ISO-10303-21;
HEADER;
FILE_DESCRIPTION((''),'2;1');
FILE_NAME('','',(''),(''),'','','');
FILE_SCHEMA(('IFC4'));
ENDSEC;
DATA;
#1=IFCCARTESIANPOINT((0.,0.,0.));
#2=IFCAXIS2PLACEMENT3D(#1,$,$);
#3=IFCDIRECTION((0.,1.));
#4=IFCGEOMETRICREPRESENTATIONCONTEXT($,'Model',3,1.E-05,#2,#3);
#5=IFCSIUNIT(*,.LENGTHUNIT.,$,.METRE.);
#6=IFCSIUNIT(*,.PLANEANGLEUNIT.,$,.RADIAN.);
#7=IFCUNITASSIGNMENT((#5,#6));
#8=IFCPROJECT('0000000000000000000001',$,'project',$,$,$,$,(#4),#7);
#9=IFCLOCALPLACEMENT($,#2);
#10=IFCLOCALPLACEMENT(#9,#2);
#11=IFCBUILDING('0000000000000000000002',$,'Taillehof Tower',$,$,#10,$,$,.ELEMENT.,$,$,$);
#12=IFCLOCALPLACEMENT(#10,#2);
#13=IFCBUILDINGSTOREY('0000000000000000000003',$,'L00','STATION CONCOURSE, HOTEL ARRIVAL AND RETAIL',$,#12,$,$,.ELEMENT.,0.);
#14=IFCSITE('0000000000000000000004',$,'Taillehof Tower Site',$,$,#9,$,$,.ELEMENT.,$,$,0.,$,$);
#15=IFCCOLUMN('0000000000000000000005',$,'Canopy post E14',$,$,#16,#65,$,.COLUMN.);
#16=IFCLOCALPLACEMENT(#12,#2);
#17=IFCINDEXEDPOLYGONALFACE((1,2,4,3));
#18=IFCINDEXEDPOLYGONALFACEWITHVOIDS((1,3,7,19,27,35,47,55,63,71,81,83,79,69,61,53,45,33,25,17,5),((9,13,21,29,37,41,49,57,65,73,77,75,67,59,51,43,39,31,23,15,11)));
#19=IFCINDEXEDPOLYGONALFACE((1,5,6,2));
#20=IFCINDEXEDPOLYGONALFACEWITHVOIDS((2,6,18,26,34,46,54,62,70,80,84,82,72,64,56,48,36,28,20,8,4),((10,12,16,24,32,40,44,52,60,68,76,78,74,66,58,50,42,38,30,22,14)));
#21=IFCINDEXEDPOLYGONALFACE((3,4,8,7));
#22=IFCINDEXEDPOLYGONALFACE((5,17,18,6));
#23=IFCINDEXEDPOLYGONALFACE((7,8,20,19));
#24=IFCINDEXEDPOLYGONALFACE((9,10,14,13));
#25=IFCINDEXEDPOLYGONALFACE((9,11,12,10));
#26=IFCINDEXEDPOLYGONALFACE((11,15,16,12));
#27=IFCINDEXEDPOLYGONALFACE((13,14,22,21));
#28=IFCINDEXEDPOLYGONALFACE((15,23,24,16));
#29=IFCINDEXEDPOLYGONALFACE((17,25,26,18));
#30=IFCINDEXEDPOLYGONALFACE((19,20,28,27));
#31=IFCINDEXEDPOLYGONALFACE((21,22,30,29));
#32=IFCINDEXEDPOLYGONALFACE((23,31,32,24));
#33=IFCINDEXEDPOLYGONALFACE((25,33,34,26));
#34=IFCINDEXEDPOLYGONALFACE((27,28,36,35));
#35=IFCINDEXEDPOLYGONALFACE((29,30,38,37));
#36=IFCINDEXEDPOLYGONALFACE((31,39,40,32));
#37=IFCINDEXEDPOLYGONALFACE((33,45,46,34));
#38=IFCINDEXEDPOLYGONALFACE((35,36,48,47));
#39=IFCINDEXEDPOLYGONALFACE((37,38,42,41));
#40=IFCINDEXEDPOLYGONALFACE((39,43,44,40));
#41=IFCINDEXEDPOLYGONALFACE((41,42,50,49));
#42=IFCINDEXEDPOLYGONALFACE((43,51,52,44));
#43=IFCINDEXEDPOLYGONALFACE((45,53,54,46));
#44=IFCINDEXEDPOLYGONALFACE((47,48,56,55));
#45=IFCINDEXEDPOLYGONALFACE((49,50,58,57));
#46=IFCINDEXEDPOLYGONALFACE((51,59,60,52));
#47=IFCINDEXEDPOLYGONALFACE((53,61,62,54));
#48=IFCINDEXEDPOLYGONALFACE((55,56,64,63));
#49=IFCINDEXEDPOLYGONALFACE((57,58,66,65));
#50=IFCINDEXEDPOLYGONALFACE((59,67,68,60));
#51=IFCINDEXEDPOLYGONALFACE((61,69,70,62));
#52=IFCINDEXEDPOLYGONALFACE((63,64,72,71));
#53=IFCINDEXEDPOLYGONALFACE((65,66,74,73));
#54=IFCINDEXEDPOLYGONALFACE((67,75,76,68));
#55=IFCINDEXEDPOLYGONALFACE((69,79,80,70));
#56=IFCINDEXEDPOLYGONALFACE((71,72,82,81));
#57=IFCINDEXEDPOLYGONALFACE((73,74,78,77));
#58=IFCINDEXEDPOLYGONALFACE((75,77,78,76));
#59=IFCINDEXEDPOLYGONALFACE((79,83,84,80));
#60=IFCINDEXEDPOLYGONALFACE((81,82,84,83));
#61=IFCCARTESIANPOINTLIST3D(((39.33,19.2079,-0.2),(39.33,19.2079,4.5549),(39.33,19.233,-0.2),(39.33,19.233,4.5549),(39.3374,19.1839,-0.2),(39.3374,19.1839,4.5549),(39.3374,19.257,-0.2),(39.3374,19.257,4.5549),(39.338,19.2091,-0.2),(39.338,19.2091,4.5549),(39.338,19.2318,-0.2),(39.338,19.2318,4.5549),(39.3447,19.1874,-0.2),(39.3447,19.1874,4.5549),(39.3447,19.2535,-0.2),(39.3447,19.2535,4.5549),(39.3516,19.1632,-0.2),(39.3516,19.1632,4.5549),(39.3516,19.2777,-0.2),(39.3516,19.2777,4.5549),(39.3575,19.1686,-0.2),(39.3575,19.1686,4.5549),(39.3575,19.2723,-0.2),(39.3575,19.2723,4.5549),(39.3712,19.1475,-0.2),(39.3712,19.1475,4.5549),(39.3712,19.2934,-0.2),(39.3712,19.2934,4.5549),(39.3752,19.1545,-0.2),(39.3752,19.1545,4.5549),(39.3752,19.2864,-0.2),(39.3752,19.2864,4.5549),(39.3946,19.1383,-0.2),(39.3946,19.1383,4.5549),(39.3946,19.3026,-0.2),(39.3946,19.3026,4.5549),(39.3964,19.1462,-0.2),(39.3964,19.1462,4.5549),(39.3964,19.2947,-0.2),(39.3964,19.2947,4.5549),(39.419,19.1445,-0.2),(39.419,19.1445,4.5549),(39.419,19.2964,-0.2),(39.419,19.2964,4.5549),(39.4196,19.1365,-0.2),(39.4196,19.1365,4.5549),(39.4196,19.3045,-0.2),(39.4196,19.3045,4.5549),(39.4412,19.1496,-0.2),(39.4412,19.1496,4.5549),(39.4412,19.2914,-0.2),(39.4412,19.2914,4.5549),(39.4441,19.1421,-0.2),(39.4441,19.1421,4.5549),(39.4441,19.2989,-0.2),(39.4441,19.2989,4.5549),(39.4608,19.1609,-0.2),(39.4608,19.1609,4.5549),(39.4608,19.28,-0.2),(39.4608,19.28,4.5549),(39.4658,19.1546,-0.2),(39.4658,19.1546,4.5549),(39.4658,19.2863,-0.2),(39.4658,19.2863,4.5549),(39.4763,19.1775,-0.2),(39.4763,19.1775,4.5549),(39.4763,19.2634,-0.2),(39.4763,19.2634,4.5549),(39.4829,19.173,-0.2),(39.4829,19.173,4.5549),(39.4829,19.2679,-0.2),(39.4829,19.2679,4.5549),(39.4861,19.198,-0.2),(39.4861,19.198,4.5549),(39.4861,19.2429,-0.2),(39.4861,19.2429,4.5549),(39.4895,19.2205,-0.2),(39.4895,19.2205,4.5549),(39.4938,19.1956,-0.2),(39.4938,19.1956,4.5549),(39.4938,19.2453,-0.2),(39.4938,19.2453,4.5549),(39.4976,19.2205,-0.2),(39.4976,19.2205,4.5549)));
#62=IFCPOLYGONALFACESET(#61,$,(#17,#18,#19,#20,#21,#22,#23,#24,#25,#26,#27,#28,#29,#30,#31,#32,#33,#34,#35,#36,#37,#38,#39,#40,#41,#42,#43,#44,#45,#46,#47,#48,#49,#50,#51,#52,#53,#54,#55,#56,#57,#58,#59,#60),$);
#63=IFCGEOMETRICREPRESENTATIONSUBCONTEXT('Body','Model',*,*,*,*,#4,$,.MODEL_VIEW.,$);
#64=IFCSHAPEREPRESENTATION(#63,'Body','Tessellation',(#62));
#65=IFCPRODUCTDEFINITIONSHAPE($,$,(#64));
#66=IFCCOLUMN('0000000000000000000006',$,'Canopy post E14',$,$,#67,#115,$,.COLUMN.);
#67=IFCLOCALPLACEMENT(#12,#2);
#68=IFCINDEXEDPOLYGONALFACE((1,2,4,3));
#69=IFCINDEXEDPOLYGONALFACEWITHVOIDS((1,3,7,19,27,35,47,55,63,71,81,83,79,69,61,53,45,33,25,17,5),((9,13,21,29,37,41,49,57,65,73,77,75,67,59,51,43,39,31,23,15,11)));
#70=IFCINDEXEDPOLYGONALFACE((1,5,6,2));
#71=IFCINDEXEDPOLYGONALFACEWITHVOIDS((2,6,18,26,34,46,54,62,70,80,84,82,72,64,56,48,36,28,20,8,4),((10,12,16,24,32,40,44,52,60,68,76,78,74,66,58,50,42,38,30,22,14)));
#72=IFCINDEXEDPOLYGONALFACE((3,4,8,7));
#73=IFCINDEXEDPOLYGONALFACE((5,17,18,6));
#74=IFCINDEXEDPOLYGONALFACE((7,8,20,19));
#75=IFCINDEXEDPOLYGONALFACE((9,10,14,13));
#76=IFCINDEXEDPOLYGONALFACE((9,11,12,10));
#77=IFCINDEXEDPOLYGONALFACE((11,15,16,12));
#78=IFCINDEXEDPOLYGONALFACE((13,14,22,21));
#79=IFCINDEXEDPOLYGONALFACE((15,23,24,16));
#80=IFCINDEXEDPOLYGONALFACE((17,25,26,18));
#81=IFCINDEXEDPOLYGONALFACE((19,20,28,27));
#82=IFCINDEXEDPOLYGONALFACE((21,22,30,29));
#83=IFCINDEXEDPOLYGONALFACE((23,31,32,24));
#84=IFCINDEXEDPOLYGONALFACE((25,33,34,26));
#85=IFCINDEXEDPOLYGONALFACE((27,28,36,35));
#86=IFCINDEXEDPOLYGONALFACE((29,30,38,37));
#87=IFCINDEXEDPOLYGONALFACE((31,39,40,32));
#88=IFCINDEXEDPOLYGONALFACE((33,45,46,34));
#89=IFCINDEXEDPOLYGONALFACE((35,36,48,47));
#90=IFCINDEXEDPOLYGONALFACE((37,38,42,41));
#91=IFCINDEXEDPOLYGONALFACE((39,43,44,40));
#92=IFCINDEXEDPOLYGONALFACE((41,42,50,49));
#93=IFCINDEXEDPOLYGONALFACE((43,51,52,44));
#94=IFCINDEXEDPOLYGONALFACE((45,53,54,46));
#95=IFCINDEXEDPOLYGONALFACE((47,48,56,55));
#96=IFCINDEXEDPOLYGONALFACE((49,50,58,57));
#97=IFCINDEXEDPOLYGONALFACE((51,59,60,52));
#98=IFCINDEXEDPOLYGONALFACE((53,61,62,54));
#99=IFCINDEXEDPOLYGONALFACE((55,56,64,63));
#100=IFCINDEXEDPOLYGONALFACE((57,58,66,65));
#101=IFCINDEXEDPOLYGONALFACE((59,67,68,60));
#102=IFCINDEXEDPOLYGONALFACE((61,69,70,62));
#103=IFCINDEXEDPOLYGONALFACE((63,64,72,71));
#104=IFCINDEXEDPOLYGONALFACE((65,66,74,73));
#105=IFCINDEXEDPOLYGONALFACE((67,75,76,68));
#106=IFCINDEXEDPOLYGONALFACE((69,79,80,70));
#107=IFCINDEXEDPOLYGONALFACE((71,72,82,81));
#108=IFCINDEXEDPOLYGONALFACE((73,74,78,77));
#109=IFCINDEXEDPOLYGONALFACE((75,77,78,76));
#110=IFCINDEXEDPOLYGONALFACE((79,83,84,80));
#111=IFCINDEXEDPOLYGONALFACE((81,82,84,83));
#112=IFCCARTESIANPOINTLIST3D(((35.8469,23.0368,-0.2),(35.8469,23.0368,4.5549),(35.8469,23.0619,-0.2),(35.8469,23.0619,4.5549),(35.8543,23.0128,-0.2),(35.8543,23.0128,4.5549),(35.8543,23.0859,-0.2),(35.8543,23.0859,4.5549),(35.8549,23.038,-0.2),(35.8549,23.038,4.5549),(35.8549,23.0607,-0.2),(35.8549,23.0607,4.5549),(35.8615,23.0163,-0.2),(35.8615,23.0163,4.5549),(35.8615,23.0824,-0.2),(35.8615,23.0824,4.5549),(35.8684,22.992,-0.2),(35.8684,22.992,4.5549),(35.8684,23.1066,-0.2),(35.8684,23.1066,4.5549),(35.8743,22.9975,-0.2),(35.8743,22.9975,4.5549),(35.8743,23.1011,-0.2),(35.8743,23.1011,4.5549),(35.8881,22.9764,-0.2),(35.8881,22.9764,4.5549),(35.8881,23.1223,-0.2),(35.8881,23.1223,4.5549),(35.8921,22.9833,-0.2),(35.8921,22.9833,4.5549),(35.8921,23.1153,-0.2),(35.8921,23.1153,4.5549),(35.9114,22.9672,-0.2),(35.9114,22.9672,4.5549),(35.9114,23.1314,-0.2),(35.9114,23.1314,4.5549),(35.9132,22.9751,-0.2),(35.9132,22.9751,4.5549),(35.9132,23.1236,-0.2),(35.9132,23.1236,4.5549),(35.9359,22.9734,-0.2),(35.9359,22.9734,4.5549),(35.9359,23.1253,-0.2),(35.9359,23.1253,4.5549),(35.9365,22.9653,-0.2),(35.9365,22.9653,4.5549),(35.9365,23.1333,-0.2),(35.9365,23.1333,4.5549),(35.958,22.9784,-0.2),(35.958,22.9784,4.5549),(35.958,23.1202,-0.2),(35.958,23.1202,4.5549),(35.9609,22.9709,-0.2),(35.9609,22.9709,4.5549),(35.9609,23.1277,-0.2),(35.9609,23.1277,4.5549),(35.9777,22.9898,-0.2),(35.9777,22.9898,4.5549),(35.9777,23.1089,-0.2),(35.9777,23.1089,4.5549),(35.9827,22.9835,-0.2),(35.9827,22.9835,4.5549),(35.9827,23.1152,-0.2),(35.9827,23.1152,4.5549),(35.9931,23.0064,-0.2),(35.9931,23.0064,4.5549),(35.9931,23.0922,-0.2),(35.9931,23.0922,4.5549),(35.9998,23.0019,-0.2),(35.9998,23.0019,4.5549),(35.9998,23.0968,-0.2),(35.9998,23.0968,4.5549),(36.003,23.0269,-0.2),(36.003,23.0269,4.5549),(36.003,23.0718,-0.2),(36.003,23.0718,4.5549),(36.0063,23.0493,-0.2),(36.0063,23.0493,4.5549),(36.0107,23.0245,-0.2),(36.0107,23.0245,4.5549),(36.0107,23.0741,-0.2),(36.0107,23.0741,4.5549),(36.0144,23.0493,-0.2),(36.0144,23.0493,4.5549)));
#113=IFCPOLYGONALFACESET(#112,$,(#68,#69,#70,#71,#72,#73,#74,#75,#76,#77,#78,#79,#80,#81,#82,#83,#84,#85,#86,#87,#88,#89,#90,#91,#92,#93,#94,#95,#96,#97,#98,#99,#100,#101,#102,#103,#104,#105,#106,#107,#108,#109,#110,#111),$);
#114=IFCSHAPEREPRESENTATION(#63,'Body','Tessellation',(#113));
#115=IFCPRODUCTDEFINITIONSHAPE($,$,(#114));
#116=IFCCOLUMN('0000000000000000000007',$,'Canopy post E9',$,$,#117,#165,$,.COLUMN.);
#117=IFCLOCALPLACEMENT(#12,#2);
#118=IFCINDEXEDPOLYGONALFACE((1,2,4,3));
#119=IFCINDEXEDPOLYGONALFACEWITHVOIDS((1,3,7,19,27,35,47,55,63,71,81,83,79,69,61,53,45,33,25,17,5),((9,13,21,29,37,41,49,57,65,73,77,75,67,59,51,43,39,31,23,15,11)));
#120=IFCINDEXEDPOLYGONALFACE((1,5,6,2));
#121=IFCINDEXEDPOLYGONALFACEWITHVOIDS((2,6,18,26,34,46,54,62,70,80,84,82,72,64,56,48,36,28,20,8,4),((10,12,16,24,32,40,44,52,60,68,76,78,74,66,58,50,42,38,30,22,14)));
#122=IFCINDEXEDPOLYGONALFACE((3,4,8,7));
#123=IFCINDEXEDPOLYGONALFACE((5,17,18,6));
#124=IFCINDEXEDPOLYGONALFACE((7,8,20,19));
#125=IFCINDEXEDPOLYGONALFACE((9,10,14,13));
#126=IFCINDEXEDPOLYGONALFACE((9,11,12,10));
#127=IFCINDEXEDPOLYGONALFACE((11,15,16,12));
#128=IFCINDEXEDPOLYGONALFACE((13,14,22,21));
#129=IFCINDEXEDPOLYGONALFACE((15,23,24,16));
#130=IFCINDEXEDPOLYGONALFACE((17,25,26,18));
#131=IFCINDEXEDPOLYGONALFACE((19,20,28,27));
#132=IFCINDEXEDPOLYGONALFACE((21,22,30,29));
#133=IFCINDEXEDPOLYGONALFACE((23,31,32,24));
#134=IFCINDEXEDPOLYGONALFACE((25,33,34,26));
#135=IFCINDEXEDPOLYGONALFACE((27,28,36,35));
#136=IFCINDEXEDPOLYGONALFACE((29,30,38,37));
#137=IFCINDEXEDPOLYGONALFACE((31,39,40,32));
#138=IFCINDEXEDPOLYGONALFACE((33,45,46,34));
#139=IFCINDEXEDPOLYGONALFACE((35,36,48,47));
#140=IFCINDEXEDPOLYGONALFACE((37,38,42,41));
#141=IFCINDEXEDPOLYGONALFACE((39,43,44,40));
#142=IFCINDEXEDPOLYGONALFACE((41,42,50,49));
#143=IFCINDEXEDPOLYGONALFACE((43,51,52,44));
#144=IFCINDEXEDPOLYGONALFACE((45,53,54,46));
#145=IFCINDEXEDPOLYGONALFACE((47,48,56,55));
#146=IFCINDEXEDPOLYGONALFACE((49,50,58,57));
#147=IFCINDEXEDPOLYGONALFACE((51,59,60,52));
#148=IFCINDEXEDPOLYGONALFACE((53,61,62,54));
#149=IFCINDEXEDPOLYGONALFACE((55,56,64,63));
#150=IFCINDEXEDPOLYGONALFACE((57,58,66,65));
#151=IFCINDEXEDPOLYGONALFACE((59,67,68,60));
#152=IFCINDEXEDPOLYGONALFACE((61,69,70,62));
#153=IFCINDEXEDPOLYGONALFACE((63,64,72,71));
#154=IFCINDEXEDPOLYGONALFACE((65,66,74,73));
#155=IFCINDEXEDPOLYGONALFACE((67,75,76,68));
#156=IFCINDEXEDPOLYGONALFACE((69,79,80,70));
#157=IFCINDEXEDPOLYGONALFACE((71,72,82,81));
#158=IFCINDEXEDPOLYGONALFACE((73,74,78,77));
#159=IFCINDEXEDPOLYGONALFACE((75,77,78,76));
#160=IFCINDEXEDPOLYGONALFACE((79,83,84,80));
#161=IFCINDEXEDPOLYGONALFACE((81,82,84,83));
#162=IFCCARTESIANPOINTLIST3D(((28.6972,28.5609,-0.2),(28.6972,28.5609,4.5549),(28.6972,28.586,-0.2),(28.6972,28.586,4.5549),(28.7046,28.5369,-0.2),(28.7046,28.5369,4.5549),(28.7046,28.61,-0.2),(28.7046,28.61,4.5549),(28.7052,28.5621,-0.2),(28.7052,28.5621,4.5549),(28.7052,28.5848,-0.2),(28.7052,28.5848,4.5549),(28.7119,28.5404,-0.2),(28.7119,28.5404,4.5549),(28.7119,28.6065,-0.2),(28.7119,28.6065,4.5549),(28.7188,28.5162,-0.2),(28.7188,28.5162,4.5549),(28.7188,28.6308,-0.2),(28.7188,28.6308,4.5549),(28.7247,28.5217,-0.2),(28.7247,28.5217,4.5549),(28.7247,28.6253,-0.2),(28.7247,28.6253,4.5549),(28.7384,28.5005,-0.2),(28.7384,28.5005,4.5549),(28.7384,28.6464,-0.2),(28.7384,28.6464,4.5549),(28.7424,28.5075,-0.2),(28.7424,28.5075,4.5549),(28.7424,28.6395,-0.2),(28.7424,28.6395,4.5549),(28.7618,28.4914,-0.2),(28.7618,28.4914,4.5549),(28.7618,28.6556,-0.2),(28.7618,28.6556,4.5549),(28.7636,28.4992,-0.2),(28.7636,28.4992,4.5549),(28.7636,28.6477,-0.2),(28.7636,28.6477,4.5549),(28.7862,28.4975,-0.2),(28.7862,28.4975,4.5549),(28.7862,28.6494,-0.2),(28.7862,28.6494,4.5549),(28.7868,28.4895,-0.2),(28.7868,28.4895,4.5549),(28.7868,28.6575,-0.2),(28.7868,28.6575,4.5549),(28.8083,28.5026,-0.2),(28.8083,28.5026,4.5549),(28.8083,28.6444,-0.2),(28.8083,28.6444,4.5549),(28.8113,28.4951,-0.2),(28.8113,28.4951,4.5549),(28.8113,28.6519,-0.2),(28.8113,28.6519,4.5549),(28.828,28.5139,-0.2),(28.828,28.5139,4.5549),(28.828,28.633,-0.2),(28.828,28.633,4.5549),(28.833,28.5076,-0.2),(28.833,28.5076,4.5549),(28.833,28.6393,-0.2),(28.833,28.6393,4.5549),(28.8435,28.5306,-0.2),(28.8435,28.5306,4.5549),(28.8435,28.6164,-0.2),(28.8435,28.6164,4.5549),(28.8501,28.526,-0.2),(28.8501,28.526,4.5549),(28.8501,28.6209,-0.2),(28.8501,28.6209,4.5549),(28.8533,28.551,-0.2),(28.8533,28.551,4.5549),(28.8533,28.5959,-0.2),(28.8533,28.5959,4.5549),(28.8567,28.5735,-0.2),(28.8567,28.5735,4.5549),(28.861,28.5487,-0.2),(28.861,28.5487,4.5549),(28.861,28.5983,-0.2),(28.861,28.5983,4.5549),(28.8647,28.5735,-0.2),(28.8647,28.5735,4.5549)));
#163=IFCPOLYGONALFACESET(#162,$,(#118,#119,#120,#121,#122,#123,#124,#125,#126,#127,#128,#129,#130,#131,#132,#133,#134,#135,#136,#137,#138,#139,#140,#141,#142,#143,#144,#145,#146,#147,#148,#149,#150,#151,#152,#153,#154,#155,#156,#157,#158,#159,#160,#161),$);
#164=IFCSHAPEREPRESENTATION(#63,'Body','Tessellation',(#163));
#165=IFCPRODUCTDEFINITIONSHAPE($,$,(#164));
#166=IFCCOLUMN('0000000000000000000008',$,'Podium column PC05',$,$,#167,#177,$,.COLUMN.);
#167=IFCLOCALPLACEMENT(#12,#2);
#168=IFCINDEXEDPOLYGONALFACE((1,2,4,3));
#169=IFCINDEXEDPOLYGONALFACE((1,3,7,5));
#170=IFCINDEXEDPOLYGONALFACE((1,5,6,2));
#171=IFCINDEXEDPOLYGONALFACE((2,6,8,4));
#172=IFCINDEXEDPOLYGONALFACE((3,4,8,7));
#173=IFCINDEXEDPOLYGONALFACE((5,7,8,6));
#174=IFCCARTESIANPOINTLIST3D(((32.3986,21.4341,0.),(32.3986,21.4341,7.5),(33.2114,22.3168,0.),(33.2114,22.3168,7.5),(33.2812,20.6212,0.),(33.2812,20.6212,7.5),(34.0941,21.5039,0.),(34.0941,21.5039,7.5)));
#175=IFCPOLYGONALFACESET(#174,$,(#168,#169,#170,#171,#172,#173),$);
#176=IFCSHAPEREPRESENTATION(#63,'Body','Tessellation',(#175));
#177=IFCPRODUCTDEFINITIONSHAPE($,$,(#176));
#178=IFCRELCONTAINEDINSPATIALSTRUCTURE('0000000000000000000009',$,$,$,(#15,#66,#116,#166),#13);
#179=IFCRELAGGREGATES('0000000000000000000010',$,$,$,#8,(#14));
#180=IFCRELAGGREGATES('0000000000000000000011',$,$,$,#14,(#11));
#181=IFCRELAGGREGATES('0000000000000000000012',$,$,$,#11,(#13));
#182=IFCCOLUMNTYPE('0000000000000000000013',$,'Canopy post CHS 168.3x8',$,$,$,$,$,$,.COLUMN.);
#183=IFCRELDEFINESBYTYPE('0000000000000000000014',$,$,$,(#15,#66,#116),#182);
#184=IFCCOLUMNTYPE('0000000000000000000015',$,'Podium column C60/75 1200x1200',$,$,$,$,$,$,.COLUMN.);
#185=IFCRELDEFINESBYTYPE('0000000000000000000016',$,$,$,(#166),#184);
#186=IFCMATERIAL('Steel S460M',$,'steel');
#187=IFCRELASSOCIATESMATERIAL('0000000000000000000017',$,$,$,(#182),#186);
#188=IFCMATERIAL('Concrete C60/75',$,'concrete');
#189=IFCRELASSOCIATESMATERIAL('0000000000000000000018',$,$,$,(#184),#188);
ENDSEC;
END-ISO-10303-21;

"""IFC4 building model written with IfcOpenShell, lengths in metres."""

from ifc_helpers import new_model, si_unit, direction, frame, origin, origin_2d, place, context, subcontext, project, spatial, rectangle, hollow_circle, extrude, material, material_profile, profile_set, type_object, element, save


model = new_model("IFC4")

# Units and contexts
model_context = context("Model", 3, precision=1e-05, world=origin(), true_north=direction((0.0, 1.0)))
body_context = subcontext(model_context, "Body", "Model", "MODEL_VIEW")
ifc_project = project(units=[si_unit("LENGTHUNIT", "METRE"), si_unit("PLANEANGLEUNIT", "RADIAN")], contexts=[model_context])

# Site, building, storey
site_placement = place(None, origin())
site = spatial("IfcSite", under=ifc_project, at=site_placement, Name="Taillehof Tower Site", CompositionType="ELEMENT", RefElevation=0.0)
building_placement = place(site_placement, origin())
building = spatial("IfcBuilding", under=site, at=building_placement, Name="Taillehof Tower", CompositionType="ELEMENT")
storey_placement = place(building_placement, origin())
storey = spatial("IfcBuildingStorey", under=building, at=storey_placement, Name="L00", Description="STATION CONCOURSE, HOTEL ARRIVAL AND RETAIL", CompositionType="ELEMENT", Elevation=0.0)

# Columns
ifc_material_1 = material(Name="Steel S460M", Category="steel")
ifc_material_profile_1 = material_profile(ifc_material_1, hollow_circle(Radius=0.0842, WallThickness=0.0081, at=origin_2d()), Name="CHS 168.3x8")
ifc_profile_set_1 = profile_set([ifc_material_profile_1], Name="Steel S460M")
column_type_1 = type_object("IfcColumnType", Name="Canopy post CHS 168.3x8", PredefinedType="COLUMN", material=ifc_profile_set_1)
for number, where, z_axis, x_axis, name in (
    (1, (39.4133, 19.2205, -0.2), (0.0, 0.0, 1.0), (1.0, 0.0, 0.0), "Canopy post E14"),
    (2, (35.9302, 23.0493, -0.2), (0.0, 0.0, 1.0), (1.0, 0.0, 0.0), "Canopy post E14"),
    (3, (28.7805, 28.5735, -0.2), (0.0, 0.0, 1.0), (1.0, 0.0, 0.0), "Canopy post E9"),
):
    element("IfcColumn", number, at=place(storey_placement, frame(where, z_axis=z_axis, x_axis=x_axis)), inside=storey, type_object=column_type_1, Name=name, PredefinedType="COLUMN", context=body_context, shape_type="SweptSolid", body=[
        extrude(hollow_circle(Radius=0.0842, WallThickness=0.0081, at=origin_2d()), origin(), (0.0, 0.0, 1.0), 4.7549),
    ])
ifc_material_2 = material(Name="Concrete C60/75", Category="concrete")
ifc_material_profile_2 = material_profile(ifc_material_2, rectangle(XDim=1.2, YDim=1.2, at=origin_2d()), Name="RC 1200x1200")
ifc_profile_set_2 = profile_set([ifc_material_profile_2], Name="Concrete C60/75")
column_type_2 = type_object("IfcColumnType", Name="Podium column C60/75 1200x1200", PredefinedType="COLUMN", material=ifc_profile_set_2)
column_placement = place(storey_placement, frame((33.2463, 21.469, 0.0), z_axis=(0.0, 0.0, 1.0), x_axis=(0.677415, 0.735601, 0.0)))
element("IfcColumn", 4, at=column_placement, inside=storey, type_object=column_type_2, Name="Podium column PC05", PredefinedType="COLUMN", context=body_context, shape_type="SweptSolid", body=[
    extrude(rectangle(XDim=1.2, YDim=1.2, at=origin_2d()), origin(), (0.0, 0.0, 1.0), 7.5),
])

save(model, "model.ifc")
